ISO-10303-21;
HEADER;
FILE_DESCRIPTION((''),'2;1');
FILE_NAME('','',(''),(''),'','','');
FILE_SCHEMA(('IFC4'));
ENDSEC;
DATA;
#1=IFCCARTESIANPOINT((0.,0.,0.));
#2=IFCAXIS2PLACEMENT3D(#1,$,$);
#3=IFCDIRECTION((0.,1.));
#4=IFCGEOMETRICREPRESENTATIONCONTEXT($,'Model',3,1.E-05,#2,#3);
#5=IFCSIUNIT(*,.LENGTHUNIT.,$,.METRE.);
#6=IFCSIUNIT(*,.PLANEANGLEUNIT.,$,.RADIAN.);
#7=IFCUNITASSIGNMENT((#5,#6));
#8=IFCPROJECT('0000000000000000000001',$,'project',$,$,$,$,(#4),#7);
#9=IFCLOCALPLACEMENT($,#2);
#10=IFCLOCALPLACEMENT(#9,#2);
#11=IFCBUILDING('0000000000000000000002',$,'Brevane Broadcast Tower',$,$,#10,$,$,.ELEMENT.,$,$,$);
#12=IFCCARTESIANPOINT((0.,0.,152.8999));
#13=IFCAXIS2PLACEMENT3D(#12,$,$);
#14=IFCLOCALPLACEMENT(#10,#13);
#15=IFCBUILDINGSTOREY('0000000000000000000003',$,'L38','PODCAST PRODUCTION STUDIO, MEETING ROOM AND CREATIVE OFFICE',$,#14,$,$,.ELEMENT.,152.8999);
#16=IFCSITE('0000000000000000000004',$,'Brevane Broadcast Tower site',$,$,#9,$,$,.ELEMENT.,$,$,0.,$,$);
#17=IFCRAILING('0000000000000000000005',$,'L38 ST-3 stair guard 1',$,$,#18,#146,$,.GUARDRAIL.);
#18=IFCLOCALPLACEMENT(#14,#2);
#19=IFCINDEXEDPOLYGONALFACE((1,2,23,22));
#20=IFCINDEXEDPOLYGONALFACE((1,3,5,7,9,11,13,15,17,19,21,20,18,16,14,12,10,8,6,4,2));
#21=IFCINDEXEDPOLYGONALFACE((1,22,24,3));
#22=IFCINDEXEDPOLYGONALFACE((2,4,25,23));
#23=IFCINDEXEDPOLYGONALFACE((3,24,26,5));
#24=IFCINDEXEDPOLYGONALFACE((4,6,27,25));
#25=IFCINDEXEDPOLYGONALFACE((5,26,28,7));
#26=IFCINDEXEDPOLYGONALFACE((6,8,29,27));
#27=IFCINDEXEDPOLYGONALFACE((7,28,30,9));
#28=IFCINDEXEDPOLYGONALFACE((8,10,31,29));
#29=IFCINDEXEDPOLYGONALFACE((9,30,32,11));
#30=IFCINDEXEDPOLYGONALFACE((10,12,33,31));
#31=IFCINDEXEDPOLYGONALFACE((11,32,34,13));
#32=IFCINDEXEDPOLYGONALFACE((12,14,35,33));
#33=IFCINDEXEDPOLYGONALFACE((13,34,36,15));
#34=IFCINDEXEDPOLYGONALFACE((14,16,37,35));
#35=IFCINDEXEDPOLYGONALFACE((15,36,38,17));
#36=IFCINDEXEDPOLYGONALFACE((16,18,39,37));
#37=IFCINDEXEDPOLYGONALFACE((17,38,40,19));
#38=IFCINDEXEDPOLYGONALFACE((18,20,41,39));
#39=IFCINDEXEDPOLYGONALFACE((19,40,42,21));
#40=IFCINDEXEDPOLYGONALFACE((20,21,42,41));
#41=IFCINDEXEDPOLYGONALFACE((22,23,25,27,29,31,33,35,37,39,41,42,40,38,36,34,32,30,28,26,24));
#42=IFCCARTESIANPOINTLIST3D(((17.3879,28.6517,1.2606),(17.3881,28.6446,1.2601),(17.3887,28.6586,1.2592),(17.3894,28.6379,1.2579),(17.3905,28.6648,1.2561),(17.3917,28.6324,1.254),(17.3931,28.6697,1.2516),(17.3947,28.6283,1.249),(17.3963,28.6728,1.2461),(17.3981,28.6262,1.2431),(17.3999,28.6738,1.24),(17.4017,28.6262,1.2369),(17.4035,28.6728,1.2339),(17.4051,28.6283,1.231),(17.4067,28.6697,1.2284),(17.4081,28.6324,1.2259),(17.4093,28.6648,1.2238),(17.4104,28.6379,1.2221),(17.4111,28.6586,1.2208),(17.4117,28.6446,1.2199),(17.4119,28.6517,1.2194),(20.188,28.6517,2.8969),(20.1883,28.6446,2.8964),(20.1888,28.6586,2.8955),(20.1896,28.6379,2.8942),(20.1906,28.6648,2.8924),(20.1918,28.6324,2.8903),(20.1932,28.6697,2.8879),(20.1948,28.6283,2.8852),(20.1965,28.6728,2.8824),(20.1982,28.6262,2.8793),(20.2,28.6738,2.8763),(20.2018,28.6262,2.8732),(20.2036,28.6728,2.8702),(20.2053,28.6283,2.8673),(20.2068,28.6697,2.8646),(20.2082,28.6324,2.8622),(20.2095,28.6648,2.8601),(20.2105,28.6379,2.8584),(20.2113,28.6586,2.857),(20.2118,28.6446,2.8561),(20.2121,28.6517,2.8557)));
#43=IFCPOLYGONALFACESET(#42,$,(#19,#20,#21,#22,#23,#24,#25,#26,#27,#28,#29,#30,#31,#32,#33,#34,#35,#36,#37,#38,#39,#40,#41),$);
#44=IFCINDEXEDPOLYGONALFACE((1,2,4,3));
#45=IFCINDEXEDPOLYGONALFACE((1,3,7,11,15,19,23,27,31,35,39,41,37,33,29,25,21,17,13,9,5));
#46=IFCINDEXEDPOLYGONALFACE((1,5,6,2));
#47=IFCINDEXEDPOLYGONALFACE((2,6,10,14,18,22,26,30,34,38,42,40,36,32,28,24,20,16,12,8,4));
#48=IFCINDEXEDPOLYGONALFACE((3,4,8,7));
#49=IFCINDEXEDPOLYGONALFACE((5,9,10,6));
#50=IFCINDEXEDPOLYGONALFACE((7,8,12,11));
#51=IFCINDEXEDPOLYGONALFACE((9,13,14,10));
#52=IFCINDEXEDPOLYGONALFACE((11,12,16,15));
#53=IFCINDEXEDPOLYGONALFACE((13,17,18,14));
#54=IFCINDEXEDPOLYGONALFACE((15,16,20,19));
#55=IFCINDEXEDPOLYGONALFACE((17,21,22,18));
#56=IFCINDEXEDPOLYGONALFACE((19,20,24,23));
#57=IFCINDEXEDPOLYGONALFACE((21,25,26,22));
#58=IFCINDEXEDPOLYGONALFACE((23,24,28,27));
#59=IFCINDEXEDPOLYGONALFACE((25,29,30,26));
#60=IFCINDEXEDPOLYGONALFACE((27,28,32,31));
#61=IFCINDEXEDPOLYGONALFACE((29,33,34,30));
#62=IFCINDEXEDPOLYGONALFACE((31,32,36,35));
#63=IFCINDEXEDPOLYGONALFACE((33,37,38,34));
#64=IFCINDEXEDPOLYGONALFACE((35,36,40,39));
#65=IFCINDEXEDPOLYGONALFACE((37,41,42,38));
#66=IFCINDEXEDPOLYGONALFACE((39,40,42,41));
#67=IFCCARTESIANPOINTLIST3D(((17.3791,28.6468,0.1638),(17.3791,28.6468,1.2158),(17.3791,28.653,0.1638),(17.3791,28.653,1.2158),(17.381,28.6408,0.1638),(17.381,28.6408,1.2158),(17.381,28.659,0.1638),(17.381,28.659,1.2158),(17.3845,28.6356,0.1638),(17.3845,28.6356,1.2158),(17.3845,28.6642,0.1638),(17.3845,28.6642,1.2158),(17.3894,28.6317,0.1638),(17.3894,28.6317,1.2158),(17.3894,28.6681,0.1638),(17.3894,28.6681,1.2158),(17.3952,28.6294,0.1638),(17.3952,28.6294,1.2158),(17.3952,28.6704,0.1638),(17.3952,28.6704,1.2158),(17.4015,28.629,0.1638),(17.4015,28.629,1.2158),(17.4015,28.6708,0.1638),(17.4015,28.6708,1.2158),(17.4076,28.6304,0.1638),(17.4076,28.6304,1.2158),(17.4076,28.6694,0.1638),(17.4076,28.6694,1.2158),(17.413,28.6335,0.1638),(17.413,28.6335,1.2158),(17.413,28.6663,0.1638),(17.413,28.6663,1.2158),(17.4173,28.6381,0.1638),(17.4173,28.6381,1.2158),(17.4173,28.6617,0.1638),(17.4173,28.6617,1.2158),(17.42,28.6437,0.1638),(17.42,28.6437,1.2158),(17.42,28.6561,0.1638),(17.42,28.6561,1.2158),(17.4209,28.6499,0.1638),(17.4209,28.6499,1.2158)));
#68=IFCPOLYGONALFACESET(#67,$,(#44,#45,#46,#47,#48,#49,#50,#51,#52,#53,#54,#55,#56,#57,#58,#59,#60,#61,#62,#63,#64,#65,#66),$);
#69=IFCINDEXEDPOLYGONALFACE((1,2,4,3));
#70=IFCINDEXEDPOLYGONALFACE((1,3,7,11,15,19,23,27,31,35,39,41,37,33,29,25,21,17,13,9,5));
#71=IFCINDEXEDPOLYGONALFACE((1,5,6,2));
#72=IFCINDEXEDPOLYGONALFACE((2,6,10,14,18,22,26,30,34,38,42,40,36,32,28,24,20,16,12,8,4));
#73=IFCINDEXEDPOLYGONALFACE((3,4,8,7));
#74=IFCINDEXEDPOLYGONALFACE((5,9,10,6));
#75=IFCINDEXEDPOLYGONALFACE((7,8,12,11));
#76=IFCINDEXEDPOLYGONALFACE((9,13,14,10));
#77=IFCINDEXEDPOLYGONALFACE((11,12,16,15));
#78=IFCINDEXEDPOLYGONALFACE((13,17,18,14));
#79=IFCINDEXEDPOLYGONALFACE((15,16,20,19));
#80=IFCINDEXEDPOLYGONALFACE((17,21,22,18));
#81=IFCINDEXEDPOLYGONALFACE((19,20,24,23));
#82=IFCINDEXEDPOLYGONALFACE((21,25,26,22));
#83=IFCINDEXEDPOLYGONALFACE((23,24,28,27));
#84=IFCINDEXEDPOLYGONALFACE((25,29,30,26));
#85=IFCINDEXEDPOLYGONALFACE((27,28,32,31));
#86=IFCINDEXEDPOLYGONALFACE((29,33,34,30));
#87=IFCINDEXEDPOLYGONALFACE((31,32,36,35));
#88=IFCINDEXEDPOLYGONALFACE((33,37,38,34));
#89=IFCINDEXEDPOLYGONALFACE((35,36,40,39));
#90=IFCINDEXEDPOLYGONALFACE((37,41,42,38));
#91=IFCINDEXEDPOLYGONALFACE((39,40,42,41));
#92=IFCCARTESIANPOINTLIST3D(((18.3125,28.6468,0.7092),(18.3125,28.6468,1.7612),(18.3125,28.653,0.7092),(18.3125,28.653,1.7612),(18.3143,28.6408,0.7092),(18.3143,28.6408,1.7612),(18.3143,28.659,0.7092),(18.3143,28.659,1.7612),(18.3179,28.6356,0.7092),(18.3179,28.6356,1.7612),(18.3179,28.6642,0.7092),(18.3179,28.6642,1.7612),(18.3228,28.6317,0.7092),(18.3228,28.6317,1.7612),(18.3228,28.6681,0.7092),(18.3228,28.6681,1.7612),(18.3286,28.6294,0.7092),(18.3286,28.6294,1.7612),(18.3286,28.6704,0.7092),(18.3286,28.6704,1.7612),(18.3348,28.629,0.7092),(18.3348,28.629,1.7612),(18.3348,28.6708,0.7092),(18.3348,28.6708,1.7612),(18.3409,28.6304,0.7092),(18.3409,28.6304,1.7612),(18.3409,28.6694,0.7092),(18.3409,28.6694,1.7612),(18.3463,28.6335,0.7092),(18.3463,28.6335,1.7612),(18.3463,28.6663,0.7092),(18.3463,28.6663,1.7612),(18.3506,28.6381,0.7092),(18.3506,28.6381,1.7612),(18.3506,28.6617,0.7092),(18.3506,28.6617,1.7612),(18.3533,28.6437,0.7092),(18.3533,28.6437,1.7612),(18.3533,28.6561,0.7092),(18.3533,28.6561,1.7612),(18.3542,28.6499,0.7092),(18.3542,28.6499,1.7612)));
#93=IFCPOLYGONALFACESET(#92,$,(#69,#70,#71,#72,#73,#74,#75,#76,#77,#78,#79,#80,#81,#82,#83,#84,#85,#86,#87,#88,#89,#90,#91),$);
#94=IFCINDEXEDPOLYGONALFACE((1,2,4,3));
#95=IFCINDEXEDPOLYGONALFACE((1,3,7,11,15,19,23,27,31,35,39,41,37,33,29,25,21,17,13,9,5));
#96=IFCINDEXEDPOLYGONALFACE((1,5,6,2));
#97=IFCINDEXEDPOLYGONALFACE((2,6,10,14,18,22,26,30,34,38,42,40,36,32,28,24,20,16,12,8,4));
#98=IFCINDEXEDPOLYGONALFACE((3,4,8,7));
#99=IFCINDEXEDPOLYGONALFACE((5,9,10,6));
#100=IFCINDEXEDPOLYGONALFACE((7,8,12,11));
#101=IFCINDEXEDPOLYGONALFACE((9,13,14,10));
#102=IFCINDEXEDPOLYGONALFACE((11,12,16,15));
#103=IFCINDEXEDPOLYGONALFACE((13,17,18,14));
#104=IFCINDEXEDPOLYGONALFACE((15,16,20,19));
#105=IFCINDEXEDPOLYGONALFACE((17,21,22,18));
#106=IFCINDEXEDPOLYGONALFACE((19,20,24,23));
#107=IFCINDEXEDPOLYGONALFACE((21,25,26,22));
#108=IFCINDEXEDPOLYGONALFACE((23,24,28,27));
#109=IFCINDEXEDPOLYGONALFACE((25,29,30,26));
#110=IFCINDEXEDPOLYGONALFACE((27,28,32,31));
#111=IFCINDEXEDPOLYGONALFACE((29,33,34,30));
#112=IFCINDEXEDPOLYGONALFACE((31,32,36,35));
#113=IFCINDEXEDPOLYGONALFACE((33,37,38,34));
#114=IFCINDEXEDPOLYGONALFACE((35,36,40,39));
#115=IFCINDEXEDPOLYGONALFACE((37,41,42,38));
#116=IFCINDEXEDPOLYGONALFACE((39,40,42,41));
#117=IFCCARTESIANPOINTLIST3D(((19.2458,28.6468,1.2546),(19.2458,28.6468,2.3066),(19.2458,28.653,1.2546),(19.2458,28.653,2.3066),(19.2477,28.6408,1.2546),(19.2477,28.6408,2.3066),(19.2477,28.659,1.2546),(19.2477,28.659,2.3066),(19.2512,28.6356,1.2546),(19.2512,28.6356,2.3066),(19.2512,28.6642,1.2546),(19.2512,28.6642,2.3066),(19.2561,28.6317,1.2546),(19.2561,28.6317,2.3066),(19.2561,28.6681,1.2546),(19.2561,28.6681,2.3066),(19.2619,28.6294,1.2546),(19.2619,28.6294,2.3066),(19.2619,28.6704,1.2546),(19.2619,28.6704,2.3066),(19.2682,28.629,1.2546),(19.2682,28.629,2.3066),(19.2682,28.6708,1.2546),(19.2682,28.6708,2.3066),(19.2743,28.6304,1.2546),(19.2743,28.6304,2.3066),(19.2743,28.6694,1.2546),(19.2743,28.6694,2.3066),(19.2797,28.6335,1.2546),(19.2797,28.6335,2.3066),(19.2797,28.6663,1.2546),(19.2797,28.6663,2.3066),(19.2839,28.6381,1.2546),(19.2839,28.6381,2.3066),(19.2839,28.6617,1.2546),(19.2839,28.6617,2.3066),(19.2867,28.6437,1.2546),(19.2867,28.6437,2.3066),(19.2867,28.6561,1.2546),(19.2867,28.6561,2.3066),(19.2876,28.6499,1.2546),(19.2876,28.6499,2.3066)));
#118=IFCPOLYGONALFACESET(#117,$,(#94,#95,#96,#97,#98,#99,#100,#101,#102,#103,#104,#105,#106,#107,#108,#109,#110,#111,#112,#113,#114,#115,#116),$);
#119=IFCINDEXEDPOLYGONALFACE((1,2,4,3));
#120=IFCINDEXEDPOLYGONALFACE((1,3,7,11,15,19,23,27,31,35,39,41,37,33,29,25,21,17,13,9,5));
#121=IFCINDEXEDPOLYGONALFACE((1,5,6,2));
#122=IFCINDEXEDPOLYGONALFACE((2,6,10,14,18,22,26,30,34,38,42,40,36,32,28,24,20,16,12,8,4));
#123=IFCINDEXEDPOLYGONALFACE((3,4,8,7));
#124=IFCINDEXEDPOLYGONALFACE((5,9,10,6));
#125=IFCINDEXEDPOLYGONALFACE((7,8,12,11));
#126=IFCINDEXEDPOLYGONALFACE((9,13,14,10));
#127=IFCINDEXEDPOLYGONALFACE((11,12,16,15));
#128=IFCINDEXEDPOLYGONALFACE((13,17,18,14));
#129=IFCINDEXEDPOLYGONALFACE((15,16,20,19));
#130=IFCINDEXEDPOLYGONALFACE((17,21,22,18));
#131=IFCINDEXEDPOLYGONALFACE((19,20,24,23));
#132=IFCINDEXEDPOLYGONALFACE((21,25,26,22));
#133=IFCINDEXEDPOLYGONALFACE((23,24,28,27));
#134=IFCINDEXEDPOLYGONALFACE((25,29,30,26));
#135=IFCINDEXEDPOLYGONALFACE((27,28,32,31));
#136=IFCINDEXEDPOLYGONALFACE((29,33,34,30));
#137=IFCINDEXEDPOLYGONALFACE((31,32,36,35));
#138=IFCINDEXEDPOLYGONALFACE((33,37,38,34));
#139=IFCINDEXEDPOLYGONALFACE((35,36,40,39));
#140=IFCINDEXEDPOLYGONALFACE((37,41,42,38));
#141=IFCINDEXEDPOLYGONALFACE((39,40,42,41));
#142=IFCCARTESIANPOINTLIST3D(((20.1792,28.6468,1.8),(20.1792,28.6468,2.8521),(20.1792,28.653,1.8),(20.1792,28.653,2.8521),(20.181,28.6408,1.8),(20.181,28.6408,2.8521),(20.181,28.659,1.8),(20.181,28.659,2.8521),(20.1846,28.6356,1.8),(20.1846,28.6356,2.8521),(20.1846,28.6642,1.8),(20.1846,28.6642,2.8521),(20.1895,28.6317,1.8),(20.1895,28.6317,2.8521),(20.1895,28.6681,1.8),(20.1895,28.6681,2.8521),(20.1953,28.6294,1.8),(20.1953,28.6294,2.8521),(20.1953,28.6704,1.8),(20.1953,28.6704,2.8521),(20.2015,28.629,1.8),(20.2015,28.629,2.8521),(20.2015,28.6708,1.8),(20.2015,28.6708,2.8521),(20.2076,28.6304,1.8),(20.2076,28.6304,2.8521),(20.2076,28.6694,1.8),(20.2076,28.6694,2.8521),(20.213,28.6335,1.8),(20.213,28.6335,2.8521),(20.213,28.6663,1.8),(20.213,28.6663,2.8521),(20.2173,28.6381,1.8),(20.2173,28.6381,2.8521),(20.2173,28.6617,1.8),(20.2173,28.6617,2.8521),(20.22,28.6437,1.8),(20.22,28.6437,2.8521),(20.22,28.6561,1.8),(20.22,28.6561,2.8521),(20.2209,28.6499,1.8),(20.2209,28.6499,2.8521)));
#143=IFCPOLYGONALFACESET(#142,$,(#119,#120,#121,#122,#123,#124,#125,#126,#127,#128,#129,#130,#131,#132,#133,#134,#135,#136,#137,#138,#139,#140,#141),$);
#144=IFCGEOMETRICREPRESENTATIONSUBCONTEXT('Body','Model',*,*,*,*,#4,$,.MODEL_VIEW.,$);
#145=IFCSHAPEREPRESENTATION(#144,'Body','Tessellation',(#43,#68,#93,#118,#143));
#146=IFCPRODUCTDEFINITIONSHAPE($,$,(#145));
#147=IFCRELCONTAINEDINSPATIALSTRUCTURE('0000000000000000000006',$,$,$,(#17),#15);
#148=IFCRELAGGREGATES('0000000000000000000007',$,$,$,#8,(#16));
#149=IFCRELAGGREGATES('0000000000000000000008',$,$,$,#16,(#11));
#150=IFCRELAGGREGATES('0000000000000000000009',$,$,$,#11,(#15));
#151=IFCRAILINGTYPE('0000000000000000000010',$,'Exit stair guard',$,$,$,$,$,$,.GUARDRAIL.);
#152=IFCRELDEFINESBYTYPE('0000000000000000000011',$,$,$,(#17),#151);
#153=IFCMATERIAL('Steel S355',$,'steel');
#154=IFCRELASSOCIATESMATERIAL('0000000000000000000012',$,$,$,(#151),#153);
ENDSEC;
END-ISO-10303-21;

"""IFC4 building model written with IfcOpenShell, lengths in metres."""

from ifc_helpers import new_model, si_unit, direction, frame, origin, origin_2d, place, context, subcontext, project, spatial, circle, extrude, material, type_object, element, save


model = new_model("IFC4")

# Units and contexts
model_context = context("Model", 3, precision=1e-05, world=origin(), true_north=direction((0.0, 1.0)))
body_context = subcontext(model_context, "Body", "Model", "MODEL_VIEW")
ifc_project = project(units=[si_unit("LENGTHUNIT", "METRE"), si_unit("PLANEANGLEUNIT", "RADIAN")], contexts=[model_context])

# Site, building, storey
site_placement = place(None, origin())
site = spatial("IfcSite", under=ifc_project, at=site_placement, Name="Brevane Broadcast Tower site", CompositionType="ELEMENT", RefElevation=0.0)
building_placement = place(site_placement, origin())
building = spatial("IfcBuilding", under=site, at=building_placement, Name="Brevane Broadcast Tower", CompositionType="ELEMENT")
storey_placement = place(building_placement, frame((0.0, 0.0, 152.8999)))
storey = spatial("IfcBuildingStorey", under=building, at=storey_placement, Name="L38", Description="PODCAST PRODUCTION STUDIO, MEETING ROOM AND CREATIVE OFFICE", CompositionType="ELEMENT", Elevation=152.8999)

# Railing
ifc_material_1 = material(Name="Steel S355", Category="steel")
railing_type_1 = type_object("IfcRailingType", Name="Exit stair guard", PredefinedType="GUARDRAIL", material=ifc_material_1)
railing_1_placement = place(storey_placement, frame((17.3999, 28.6499, 0.1638)))
element("IfcRailing", 1, at=railing_1_placement, inside=storey, type_object=railing_type_1, Name="L38 ST-3 stair guard 1", PredefinedType="GUARDRAIL", context=body_context, shape_type="SweptSolid", body=[
    extrude(circle(Radius=0.0239, at=origin_2d()), frame((0.0, 0.0, 1.0762), z_axis=(0.863394, 0.0, 0.504531), x_axis=(0.0, 1.0, 0.0)), (0.0, 0.0, 1.0), 3.2432),
    extrude(circle(Radius=0.021, at=origin_2d()), origin(), (0.0, 0.0, 1.0), 1.052),
    extrude(circle(Radius=0.021, at=origin_2d()), frame((0.9333, 0.0, 0.5454)), (0.0, 0.0, 1.0), 1.052),
    extrude(circle(Radius=0.021, at=origin_2d()), frame((1.8667, 0.0, 1.0908)), (0.0, 0.0, 1.0), 1.052),
    extrude(circle(Radius=0.021, at=origin_2d()), frame((2.8, 0.0, 1.6362)), (0.0, 0.0, 1.0), 1.052),
])

save(model, "model.ifc")
